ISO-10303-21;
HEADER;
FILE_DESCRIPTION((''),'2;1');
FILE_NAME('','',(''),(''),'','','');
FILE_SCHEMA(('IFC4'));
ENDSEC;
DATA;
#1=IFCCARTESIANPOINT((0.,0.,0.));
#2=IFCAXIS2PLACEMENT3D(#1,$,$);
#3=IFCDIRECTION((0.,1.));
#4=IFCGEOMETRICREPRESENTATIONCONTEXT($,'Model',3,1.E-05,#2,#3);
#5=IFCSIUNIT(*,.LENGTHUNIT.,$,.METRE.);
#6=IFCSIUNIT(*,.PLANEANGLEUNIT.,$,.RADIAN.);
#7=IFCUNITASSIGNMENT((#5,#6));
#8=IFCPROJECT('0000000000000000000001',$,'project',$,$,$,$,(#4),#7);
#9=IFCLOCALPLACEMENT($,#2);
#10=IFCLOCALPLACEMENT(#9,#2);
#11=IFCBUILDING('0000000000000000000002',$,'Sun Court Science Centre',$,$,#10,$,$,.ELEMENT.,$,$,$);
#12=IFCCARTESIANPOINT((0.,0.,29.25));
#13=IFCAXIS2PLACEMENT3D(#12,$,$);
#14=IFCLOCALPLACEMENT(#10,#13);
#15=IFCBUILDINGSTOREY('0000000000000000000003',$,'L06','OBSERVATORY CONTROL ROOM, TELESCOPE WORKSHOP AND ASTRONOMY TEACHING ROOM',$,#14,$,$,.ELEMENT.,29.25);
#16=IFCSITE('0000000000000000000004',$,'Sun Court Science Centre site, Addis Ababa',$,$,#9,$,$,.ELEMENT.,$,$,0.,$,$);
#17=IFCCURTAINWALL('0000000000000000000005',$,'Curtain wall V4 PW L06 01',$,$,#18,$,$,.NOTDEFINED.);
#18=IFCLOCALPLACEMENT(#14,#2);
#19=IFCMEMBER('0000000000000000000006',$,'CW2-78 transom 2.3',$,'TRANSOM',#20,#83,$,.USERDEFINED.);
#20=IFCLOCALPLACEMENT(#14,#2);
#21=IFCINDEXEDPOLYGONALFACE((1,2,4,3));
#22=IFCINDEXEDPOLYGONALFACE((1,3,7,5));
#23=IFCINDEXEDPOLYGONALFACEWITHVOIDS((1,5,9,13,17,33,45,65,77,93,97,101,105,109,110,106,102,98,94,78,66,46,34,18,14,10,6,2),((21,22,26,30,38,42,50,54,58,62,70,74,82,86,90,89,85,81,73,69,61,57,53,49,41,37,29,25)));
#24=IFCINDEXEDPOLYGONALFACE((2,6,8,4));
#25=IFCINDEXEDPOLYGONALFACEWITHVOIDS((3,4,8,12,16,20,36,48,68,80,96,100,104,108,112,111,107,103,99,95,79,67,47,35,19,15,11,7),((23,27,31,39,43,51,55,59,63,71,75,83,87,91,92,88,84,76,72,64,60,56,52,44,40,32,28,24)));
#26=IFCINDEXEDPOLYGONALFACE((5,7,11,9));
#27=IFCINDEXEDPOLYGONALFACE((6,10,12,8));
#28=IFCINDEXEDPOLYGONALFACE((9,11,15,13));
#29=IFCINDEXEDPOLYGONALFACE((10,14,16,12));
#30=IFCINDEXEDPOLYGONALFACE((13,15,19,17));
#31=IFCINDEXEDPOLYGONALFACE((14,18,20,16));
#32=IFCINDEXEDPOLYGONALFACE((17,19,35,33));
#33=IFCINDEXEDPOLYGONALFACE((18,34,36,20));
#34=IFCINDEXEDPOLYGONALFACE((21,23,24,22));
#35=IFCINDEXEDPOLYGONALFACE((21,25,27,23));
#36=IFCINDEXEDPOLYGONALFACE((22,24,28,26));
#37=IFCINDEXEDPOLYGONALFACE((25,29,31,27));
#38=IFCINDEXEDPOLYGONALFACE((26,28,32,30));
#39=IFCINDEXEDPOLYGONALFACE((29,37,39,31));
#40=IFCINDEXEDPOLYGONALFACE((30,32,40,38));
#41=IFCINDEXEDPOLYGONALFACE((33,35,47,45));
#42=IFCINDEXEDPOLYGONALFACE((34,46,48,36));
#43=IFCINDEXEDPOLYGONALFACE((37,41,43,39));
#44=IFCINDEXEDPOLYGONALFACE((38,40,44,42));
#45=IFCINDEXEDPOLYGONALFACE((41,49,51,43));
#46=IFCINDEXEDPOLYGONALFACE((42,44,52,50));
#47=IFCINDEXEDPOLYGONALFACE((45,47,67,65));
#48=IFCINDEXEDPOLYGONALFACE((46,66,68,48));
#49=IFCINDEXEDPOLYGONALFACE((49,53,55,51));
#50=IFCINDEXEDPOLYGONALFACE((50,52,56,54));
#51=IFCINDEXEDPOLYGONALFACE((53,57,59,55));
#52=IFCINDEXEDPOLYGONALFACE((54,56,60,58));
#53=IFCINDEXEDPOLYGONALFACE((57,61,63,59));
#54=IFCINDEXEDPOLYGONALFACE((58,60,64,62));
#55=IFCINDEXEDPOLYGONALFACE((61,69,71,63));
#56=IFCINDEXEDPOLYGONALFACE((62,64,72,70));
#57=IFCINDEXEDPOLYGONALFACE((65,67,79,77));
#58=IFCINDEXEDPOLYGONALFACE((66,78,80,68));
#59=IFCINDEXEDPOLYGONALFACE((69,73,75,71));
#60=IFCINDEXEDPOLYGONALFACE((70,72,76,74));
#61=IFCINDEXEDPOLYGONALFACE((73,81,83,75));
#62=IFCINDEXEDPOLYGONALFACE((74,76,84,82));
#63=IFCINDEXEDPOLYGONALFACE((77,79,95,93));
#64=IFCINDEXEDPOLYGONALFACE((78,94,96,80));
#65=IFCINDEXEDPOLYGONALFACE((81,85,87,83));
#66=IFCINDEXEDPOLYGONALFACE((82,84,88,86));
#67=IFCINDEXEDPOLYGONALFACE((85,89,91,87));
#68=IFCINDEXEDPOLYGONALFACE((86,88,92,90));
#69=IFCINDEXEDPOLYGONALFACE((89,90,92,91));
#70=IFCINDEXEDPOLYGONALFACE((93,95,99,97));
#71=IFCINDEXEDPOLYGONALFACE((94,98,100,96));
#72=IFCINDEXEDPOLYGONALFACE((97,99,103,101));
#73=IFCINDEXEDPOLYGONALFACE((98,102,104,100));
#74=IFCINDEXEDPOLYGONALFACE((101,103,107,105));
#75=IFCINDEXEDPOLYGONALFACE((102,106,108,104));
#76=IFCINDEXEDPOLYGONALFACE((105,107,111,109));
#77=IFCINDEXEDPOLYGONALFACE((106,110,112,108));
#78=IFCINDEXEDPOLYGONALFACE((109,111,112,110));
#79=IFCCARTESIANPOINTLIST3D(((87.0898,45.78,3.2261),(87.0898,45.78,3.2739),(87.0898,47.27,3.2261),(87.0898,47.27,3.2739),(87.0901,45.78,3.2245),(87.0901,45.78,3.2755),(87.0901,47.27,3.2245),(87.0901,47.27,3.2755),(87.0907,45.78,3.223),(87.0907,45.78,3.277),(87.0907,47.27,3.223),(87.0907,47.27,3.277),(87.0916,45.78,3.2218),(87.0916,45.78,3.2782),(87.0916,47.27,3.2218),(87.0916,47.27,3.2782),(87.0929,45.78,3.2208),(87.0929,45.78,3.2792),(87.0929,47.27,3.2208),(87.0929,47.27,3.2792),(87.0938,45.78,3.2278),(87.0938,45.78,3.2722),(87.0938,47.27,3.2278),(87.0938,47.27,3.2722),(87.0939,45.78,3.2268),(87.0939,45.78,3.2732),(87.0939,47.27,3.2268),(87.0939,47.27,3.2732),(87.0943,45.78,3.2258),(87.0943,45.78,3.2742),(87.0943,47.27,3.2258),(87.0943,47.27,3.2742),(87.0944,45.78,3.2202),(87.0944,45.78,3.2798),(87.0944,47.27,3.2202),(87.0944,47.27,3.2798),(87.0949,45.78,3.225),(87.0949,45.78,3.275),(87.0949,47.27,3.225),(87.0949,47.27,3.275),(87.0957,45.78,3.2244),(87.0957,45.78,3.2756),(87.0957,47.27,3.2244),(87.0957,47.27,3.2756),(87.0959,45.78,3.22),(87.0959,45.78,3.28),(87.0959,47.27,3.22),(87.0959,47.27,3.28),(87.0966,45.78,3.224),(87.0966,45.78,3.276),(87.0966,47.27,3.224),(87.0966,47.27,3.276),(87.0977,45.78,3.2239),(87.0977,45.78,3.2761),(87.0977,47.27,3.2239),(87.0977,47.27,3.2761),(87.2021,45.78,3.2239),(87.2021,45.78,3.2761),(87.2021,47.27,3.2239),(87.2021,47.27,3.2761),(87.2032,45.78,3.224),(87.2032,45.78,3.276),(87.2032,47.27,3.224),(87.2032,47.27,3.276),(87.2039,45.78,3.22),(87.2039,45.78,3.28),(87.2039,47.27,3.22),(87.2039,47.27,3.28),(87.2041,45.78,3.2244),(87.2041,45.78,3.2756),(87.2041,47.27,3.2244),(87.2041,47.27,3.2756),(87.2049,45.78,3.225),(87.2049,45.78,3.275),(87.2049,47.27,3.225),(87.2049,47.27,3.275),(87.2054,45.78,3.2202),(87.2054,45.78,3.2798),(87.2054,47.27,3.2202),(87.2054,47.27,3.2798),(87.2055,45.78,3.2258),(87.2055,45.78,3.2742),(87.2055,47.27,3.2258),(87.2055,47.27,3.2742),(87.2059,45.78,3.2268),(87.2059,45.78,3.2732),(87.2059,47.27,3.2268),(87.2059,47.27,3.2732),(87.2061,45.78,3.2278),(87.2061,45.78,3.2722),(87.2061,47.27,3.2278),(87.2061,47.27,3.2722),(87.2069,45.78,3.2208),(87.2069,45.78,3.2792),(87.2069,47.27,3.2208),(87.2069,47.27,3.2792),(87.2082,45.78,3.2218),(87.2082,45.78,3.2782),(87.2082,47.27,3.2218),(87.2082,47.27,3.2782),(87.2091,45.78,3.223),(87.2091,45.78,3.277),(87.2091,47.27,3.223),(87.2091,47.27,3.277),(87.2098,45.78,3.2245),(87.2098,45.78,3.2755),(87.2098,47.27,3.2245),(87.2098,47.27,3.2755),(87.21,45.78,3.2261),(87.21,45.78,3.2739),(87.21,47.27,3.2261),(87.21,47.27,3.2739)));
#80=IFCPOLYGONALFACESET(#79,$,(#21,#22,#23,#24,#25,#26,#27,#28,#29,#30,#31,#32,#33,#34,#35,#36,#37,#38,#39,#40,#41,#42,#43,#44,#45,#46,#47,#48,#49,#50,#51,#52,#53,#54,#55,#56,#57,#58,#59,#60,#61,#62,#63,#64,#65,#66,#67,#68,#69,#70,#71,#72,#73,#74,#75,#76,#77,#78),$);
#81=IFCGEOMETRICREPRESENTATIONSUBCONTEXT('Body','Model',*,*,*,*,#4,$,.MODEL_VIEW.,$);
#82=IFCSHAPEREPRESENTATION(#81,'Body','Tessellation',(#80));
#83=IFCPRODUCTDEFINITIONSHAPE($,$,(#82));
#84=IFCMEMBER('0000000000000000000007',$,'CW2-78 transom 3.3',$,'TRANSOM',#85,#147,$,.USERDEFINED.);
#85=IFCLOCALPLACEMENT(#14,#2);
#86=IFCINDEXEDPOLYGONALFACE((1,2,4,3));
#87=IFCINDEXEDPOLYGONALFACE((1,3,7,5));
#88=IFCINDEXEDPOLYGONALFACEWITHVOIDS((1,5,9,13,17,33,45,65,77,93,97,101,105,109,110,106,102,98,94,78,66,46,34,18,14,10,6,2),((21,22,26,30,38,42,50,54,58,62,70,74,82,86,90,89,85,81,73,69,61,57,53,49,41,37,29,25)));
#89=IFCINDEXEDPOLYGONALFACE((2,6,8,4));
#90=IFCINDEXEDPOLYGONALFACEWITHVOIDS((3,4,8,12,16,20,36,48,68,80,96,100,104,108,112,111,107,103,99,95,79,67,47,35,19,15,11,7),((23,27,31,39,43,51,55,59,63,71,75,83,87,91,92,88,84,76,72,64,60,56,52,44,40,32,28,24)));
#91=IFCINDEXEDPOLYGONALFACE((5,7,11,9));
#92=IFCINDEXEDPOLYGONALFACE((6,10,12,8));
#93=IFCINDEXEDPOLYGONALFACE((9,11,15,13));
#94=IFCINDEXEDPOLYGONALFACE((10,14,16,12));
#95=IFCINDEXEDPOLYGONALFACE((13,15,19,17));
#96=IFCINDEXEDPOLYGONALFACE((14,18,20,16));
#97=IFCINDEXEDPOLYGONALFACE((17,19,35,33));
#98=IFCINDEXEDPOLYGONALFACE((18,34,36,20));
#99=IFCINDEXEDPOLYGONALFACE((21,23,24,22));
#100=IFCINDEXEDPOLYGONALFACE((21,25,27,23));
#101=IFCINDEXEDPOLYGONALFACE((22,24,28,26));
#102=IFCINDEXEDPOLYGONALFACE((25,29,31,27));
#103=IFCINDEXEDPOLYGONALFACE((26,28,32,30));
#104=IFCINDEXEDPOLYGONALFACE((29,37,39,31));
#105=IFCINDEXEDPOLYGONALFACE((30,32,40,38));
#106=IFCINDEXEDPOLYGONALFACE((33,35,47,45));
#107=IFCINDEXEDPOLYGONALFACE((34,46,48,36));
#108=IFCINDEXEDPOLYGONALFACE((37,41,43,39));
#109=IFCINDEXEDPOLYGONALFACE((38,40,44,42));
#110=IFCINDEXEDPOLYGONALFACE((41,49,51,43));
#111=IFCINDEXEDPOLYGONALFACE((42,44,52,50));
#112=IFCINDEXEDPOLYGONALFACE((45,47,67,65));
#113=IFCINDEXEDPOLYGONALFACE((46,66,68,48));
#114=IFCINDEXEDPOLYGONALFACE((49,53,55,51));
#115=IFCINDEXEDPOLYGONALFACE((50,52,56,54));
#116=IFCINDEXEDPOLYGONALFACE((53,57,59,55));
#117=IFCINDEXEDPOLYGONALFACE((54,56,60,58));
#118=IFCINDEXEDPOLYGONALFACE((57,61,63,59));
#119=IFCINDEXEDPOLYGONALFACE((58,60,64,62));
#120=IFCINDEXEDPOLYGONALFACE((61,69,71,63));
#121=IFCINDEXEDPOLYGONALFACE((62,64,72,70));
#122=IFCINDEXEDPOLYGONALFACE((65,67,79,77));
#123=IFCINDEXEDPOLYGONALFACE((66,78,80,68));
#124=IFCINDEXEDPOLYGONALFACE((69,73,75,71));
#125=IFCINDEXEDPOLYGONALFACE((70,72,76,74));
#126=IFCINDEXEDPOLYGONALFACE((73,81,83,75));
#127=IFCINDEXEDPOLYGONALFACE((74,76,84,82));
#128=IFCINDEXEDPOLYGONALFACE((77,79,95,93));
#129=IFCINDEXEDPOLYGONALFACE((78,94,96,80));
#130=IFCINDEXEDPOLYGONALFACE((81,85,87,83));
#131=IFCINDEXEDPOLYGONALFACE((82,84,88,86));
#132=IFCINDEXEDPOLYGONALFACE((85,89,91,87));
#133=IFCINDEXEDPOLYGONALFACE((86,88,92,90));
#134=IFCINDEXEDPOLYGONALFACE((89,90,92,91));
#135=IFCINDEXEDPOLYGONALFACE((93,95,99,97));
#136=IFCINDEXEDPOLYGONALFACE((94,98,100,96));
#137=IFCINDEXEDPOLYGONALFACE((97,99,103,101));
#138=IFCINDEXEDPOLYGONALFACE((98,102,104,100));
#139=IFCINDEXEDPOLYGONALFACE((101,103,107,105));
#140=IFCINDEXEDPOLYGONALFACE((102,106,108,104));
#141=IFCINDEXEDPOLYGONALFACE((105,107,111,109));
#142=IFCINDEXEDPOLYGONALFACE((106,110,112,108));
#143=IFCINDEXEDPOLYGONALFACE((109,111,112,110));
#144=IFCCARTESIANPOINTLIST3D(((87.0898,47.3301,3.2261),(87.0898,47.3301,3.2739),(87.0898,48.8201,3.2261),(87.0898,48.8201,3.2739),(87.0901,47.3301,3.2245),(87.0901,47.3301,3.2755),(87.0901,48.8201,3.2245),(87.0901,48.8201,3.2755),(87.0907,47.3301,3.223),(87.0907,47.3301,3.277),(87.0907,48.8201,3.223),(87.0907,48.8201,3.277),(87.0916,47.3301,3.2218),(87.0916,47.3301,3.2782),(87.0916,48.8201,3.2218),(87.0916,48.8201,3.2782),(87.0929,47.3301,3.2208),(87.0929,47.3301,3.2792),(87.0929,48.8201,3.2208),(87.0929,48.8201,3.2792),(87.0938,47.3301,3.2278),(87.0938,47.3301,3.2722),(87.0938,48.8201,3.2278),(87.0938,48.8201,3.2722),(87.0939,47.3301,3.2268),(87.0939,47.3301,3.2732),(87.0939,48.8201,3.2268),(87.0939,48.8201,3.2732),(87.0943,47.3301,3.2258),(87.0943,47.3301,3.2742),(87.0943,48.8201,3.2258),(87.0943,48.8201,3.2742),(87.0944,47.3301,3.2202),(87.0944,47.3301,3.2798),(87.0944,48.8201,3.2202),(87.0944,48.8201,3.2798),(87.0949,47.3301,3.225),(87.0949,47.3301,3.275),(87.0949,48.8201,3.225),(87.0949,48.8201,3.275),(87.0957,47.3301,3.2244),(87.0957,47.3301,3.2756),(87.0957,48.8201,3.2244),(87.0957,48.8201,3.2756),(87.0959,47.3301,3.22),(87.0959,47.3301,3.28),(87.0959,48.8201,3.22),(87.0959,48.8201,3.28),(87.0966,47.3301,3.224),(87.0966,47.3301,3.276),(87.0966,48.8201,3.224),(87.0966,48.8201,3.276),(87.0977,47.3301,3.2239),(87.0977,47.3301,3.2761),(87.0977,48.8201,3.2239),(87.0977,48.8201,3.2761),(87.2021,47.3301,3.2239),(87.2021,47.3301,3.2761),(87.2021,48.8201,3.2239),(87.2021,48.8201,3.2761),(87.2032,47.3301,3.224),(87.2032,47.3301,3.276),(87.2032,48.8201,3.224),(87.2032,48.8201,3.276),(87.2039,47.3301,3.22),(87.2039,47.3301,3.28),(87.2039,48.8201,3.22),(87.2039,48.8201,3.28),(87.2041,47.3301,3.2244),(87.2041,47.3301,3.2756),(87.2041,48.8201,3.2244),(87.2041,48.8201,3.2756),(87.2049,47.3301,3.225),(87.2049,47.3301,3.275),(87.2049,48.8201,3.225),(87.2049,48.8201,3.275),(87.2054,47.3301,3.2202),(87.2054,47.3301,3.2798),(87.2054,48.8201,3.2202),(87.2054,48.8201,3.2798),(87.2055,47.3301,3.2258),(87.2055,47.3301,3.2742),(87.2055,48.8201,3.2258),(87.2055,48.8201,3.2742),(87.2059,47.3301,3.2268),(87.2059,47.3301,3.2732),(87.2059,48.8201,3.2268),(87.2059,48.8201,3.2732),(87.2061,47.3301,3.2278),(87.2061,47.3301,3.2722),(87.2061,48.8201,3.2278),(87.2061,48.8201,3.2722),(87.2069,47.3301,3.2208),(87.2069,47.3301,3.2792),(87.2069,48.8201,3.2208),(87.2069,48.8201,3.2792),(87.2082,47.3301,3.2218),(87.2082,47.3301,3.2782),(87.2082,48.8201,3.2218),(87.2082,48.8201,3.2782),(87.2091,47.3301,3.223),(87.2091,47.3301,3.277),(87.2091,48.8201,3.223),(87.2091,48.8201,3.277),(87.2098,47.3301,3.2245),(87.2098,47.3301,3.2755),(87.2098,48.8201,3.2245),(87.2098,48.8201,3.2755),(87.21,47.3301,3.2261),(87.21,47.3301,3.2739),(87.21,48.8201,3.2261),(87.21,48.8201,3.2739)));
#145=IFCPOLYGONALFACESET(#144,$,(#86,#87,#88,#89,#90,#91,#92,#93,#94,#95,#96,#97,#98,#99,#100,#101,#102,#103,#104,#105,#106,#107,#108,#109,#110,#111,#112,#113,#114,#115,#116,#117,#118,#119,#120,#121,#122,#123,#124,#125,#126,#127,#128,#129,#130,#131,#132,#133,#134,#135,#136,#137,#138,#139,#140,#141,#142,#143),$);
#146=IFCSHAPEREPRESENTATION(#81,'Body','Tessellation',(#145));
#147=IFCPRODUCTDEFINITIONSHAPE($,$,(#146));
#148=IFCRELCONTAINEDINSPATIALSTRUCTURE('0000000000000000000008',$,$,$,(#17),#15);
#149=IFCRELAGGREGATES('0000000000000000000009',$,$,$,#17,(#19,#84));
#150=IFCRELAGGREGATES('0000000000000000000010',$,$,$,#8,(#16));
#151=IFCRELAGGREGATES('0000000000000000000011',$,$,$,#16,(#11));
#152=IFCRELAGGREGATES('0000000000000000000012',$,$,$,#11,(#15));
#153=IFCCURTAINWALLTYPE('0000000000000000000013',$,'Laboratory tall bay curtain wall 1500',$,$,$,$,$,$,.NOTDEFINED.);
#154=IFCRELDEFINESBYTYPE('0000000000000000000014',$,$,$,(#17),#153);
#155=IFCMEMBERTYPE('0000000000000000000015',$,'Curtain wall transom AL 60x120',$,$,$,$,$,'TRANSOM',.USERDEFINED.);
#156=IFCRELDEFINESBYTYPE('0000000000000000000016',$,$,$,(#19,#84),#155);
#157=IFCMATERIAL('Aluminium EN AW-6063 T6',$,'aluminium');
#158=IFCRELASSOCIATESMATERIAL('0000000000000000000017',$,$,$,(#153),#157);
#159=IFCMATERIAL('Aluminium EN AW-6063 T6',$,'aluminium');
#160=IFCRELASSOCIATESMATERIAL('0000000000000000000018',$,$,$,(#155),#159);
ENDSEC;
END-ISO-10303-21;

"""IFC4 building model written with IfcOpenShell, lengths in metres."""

from ifc_helpers import new_model, si_unit, direction, frame, origin, origin_2d, place, context, subcontext, project, spatial, hollow_rectangle, extrude, material, material_profile, profile_set, type_object, element, aggregate, save


model = new_model("IFC4")

# Units and contexts
model_context = context("Model", 3, precision=1e-05, world=origin(), true_north=direction((0.0, 1.0)))
body_context = subcontext(model_context, "Body", "Model", "MODEL_VIEW")
ifc_project = project(units=[si_unit("LENGTHUNIT", "METRE"), si_unit("PLANEANGLEUNIT", "RADIAN")], contexts=[model_context])

# Site, building, storey
site_placement = place(None, origin())
site = spatial("IfcSite", under=ifc_project, at=site_placement, Name="Sun Court Science Centre site, Addis Ababa", CompositionType="ELEMENT", RefElevation=0.0)
building_placement = place(site_placement, origin())
building = spatial("IfcBuilding", under=site, at=building_placement, Name="Sun Court Science Centre", CompositionType="ELEMENT")
storey_placement = place(building_placement, frame((0.0, 0.0, 29.25)))
storey = spatial("IfcBuildingStorey", under=building, at=storey_placement, Name="L06", Description="OBSERVATORY CONTROL ROOM, TELESCOPE WORKSHOP AND ASTRONOMY TEACHING ROOM", CompositionType="ELEMENT", Elevation=29.25)

# Curtain wall, members
ifc_material_1 = material(Name="Aluminium EN AW-6063 T6", Category="aluminium")
curtain_wall_type = type_object("IfcCurtainWallType", Name="Laboratory tall bay curtain wall 1500", PredefinedType="NOTDEFINED", material=ifc_material_1)
curtain_wall_placement = place(storey_placement, origin())
curtain_wall = element("IfcCurtainWall", 1, at=curtain_wall_placement, inside=storey, type_object=curtain_wall_type, Name="Curtain wall V4 PW L06 01", PredefinedType="NOTDEFINED")
ifc_material_2 = material(Name="Aluminium EN AW-6063 T6", Category="aluminium")
ifc_material_profile_1 = material_profile(ifc_material_2, hollow_rectangle(XDim=0.0601, YDim=0.1201, WallThickness=0.0039, InnerFilletRadius=0.0039, OuterFilletRadius=0.0061, at=origin_2d()), Name="AL 60x120x4")
ifc_profile_set_1 = profile_set([ifc_material_profile_1], Name="Aluminium EN AW-6063 T6")
member_type_1 = type_object("IfcMemberType", Name="Curtain wall transom AL 60x120", ElementType="TRANSOM", PredefinedType="USERDEFINED", material=ifc_profile_set_1)
member_1_placement = place(storey_placement, frame((87.1499, 45.78, 3.25), z_axis=(0.0, 1.0, 0.0), x_axis=(0.0, 0.0, 1.0)))
member_1 = element("IfcMember", 2, at=member_1_placement, type_object=member_type_1, Name="CW2-78 transom 2.3", ObjectType="TRANSOM", PredefinedType="USERDEFINED", context=body_context, shape_type="SweptSolid", body=[
    extrude(hollow_rectangle(XDim=0.0601, YDim=0.1201, WallThickness=0.0039, InnerFilletRadius=0.0039, OuterFilletRadius=0.0061, at=origin_2d()), origin(), (0.0, 0.0, 1.0), 1.49),
])
member_2_placement = place(storey_placement, frame((87.1499, 47.3301, 3.25), z_axis=(0.0, 1.0, 0.0), x_axis=(0.0, 0.0, 1.0)))
member_2 = element("IfcMember", 3, at=member_2_placement, type_object=member_type_1, Name="CW2-78 transom 3.3", ObjectType="TRANSOM", PredefinedType="USERDEFINED", context=body_context, shape_type="SweptSolid", body=[
    extrude(hollow_rectangle(XDim=0.0601, YDim=0.1201, WallThickness=0.0039, InnerFilletRadius=0.0039, OuterFilletRadius=0.0061, at=origin_2d()), origin(), (0.0, 0.0, 1.0), 1.49),
])

aggregate(curtain_wall, [member_1, member_2])

save(model, "model.ifc")
